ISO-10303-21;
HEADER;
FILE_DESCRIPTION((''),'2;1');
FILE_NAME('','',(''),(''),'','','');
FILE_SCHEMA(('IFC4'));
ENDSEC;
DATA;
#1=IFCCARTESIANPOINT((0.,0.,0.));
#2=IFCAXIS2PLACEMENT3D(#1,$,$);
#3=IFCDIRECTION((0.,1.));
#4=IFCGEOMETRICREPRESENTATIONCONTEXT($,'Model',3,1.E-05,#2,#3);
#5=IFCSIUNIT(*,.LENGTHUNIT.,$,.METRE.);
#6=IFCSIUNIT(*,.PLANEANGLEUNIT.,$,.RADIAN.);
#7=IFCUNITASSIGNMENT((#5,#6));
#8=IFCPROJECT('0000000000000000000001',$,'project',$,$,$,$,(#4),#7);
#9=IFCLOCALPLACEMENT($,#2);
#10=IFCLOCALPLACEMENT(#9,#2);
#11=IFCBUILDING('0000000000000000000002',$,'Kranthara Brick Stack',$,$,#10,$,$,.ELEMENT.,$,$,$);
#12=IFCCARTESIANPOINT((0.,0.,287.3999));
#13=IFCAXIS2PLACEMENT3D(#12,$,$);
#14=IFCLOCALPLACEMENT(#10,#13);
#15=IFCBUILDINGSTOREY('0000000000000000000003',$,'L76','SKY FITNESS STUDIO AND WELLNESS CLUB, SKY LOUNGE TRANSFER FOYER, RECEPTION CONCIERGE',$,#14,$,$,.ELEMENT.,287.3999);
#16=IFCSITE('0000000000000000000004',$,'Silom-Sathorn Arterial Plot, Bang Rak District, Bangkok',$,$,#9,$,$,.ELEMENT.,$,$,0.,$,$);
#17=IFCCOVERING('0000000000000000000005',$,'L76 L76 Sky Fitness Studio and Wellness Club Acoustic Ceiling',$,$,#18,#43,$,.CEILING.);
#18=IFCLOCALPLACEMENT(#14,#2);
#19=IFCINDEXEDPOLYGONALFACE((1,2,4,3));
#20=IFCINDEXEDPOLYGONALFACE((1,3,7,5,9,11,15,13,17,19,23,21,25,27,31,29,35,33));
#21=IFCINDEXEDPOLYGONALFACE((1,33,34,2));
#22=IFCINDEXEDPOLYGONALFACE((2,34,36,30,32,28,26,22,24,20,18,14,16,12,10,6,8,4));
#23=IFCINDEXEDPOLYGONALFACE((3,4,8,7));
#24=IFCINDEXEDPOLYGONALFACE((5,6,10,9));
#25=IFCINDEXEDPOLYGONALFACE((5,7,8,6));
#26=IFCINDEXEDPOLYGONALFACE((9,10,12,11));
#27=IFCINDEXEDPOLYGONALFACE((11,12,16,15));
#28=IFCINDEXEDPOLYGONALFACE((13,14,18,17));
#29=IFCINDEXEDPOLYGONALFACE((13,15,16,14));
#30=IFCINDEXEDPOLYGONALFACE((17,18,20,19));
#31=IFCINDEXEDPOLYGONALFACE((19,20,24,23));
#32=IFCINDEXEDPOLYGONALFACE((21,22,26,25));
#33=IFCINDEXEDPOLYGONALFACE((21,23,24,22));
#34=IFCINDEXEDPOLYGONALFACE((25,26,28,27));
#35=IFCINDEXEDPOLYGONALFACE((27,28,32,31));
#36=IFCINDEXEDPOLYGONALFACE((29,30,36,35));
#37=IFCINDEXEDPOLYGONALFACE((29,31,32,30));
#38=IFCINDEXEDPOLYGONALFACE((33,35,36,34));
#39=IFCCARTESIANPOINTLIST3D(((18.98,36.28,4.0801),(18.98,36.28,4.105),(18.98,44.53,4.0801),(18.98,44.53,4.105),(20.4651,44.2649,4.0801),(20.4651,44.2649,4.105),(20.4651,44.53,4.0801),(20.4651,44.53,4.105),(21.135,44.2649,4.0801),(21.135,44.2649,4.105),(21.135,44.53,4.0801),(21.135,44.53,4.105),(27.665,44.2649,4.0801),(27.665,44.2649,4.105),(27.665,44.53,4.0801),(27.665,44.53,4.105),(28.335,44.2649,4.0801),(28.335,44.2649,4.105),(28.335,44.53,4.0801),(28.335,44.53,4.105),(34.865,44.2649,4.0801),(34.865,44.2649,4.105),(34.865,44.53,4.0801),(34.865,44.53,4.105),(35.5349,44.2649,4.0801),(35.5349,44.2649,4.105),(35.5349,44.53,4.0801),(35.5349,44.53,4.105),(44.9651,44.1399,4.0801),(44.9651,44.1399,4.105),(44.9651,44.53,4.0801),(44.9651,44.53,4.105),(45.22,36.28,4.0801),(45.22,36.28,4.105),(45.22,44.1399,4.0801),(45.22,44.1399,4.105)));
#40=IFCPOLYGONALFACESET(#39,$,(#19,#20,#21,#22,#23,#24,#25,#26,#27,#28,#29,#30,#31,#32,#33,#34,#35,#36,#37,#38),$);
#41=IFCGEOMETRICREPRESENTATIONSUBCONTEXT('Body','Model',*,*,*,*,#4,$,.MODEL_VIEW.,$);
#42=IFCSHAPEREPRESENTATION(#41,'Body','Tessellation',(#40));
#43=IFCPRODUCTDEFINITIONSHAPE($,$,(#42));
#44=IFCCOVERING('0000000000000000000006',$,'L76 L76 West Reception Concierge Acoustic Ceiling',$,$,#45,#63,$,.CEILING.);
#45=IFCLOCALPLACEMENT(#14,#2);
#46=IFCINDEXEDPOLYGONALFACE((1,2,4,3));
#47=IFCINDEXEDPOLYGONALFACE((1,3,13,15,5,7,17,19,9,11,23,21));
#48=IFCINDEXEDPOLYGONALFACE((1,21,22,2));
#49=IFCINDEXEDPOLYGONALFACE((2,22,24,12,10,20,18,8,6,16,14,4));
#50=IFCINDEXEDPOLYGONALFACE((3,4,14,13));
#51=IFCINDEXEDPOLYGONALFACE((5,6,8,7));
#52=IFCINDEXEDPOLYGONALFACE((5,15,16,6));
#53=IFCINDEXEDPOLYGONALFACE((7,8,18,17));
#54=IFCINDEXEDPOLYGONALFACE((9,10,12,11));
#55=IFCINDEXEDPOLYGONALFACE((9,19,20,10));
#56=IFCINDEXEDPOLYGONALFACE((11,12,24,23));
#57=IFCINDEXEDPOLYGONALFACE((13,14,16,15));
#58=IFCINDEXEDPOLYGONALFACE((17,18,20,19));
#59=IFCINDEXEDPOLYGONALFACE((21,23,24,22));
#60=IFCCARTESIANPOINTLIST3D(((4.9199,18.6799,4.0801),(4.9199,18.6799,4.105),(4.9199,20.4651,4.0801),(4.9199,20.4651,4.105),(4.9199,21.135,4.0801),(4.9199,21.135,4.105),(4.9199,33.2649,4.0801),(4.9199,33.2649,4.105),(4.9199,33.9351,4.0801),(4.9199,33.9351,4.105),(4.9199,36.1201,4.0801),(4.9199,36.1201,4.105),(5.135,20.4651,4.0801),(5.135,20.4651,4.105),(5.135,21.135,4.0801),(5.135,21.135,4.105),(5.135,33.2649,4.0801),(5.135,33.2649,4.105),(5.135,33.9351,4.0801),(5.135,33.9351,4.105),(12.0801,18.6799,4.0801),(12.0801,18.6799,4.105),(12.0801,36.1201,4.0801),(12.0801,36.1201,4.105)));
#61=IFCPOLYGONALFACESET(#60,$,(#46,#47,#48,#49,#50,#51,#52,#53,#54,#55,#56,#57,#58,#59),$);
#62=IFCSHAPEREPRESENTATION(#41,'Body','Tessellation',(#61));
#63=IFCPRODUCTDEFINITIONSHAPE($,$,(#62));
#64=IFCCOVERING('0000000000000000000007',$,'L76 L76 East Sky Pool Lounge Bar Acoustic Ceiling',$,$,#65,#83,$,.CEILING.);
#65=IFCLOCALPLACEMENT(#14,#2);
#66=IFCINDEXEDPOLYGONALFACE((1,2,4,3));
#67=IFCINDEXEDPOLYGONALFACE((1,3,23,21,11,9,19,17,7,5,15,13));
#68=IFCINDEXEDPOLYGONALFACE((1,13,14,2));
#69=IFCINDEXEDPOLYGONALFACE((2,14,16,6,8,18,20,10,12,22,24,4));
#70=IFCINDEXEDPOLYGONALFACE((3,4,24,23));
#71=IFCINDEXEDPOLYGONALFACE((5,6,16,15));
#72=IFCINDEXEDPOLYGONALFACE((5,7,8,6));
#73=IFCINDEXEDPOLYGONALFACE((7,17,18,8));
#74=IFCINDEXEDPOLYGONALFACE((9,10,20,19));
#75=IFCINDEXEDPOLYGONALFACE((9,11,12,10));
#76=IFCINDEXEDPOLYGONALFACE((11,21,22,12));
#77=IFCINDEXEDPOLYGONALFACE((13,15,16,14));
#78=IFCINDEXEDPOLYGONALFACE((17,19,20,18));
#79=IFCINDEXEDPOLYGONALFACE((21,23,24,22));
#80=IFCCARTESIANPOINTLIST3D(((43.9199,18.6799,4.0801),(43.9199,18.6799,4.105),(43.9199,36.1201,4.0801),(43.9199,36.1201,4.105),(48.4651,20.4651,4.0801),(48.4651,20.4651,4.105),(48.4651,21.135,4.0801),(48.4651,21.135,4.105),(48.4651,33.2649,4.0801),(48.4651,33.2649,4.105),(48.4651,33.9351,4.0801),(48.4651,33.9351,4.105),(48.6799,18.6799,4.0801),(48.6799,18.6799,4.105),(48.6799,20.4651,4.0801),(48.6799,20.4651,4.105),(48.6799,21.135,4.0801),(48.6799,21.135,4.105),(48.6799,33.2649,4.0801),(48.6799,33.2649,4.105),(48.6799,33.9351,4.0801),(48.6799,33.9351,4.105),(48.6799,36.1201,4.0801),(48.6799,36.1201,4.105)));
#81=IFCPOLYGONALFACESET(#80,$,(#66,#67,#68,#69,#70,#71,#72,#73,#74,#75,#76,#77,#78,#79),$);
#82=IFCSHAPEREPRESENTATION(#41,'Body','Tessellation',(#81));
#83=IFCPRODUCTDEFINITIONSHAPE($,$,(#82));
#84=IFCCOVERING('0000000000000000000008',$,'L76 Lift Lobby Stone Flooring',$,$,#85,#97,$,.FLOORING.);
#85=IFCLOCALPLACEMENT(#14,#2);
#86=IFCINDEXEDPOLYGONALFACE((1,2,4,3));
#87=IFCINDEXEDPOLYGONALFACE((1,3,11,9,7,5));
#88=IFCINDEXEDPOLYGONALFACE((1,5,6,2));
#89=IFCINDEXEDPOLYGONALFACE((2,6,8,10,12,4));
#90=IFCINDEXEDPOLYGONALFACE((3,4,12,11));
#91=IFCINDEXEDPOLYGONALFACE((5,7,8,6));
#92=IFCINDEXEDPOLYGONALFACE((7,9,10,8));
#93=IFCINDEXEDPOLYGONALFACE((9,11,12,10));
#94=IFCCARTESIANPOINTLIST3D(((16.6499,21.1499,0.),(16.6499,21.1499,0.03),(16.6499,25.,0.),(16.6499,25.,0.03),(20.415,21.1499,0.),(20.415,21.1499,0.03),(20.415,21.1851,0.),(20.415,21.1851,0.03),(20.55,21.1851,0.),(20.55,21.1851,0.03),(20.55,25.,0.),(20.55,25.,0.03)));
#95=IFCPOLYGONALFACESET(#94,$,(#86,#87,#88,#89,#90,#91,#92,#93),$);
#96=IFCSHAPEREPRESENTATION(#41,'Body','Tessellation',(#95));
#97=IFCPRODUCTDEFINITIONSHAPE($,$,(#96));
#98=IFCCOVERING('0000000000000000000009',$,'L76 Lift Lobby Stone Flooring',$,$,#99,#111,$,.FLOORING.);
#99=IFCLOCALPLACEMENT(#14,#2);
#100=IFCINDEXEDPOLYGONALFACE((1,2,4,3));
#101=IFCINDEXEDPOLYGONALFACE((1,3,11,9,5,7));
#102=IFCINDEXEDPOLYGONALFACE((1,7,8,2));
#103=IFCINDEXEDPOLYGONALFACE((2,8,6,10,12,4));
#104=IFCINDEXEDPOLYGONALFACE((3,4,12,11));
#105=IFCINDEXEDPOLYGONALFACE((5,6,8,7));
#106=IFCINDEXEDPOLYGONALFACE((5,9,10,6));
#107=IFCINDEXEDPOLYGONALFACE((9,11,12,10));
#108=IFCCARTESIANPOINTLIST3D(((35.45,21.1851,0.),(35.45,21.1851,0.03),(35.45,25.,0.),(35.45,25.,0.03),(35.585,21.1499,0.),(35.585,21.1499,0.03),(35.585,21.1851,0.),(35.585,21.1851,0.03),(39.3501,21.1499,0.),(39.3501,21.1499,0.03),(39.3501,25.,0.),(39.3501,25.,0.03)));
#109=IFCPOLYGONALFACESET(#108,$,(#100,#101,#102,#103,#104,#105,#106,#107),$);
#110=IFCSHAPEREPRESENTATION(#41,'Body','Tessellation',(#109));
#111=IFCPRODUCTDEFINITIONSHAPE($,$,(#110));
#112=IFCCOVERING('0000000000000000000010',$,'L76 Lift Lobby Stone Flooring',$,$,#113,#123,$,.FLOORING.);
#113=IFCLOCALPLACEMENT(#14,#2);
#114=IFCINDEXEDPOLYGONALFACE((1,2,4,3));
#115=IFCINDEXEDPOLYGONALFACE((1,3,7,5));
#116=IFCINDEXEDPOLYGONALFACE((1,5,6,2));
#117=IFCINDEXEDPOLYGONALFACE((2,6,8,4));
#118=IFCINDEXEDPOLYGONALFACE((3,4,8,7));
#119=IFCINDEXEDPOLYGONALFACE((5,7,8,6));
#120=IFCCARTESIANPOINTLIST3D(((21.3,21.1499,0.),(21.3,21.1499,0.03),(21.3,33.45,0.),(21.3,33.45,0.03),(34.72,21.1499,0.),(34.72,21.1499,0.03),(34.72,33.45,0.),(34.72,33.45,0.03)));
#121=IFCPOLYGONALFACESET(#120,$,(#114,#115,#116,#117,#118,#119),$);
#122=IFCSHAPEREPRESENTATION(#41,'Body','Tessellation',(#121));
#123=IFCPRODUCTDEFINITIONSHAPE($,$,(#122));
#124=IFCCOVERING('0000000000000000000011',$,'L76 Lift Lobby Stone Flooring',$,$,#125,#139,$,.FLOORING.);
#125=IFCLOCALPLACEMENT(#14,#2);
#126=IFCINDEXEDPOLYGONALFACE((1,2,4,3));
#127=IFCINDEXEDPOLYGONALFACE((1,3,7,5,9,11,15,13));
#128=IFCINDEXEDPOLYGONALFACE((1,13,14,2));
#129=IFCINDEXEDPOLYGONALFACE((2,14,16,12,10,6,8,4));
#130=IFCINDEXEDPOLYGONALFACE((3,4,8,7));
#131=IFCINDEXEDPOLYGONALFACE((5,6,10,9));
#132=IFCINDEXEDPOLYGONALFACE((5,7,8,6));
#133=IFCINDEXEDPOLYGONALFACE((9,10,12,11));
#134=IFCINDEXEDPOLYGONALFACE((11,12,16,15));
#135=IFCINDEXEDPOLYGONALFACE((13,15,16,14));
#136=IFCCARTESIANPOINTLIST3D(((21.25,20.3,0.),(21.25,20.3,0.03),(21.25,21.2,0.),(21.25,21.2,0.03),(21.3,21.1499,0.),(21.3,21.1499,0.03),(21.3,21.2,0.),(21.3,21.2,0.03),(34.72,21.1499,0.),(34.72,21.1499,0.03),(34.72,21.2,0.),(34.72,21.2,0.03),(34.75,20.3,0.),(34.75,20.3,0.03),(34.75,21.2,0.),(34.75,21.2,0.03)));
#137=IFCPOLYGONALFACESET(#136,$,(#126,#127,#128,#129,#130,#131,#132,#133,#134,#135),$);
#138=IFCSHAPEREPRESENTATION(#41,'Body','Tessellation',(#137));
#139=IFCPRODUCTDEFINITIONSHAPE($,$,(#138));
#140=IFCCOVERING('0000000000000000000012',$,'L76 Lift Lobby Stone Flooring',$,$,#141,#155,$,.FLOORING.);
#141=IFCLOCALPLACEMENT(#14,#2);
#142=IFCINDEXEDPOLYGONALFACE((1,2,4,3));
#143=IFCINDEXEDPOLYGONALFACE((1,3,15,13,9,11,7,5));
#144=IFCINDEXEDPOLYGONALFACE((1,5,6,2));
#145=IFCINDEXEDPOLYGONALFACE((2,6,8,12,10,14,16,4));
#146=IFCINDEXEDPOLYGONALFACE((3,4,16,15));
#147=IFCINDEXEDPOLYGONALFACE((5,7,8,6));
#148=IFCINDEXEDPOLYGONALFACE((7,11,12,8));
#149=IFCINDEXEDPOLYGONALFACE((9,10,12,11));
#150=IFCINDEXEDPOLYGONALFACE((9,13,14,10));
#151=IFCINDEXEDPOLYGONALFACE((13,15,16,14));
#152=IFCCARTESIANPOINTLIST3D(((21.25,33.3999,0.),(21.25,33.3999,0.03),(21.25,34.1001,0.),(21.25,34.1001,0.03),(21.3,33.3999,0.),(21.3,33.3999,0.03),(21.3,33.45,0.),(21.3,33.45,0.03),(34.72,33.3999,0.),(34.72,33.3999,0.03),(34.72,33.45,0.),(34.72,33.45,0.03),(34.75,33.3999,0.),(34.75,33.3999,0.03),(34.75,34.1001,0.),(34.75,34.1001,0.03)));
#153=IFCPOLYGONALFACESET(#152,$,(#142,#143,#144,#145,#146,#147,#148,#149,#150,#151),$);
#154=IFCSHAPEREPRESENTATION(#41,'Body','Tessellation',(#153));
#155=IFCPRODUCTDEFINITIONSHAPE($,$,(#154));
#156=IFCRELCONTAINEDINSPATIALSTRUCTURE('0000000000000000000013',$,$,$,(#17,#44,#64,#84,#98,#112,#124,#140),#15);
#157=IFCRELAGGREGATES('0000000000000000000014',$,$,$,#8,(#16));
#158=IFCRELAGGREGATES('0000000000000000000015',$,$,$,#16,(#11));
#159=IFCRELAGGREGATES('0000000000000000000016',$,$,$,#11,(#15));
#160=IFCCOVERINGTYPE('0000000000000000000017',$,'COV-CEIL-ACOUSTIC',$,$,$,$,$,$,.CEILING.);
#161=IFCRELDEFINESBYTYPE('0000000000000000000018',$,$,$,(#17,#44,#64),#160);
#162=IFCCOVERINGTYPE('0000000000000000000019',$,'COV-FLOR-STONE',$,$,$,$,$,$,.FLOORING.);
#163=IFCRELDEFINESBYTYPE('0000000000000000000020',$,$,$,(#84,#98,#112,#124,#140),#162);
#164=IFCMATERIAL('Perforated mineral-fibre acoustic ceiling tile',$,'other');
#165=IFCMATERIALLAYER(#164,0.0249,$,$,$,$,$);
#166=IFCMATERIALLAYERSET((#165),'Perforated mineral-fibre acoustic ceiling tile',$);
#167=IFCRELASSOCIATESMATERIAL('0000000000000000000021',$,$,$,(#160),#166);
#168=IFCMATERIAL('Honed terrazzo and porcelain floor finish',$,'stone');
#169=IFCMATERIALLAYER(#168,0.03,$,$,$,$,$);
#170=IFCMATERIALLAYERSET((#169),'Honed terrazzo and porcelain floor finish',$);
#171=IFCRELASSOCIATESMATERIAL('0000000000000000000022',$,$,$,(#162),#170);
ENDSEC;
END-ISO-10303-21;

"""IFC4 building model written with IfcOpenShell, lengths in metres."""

from ifc_helpers import new_model, si_unit, direction, frame, origin, place, context, subcontext, project, spatial, polyline, outline, extrude, material, layer, layer_set, type_object, element, save


model = new_model("IFC4")

# Units and contexts
model_context = context("Model", 3, precision=1e-05, world=origin(), true_north=direction((0.0, 1.0)))
body_context = subcontext(model_context, "Body", "Model", "MODEL_VIEW")
ifc_project = project(units=[si_unit("LENGTHUNIT", "METRE"), si_unit("PLANEANGLEUNIT", "RADIAN")], contexts=[model_context])

# Site, building, storey
site_placement = place(None, origin())
site = spatial("IfcSite", under=ifc_project, at=site_placement, Name="Silom-Sathorn Arterial Plot, Bang Rak District, Bangkok", CompositionType="ELEMENT", RefElevation=0.0)
building_placement = place(site_placement, origin())
building = spatial("IfcBuilding", under=site, at=building_placement, Name="Kranthara Brick Stack", CompositionType="ELEMENT")
storey_placement = place(building_placement, frame((0.0, 0.0, 287.3999)))
storey = spatial("IfcBuildingStorey", under=building, at=storey_placement, Name="L76", Description="SKY FITNESS STUDIO AND WELLNESS CLUB, SKY LOUNGE TRANSFER FOYER, RECEPTION CONCIERGE", CompositionType="ELEMENT", Elevation=287.3999)

# Coverings
ifc_material_1 = material(Name="Perforated mineral-fibre acoustic ceiling tile", Category="other")
ifc_layer_1 = layer(ifc_material_1, 0.0249)
ifc_layer_set_1 = layer_set([ifc_layer_1], Name="Perforated mineral-fibre acoustic ceiling tile")
covering_type_1 = type_object("IfcCoveringType", Name="COV-CEIL-ACOUSTIC", PredefinedType="CEILING", material=ifc_layer_set_1)
covering_1_placement = place(storey_placement, frame((0.0, 0.0, 4.0801)))
element("IfcCovering", 1, at=covering_1_placement, inside=storey, type_object=covering_type_1, Name="L76 L76 Sky Fitness Studio and Wellness Club Acoustic Ceiling", PredefinedType="CEILING", context=body_context, shape_type="SweptSolid", body=[
    extrude(outline(polyline([(18.98, 44.53), (20.4651, 44.53), (20.4651, 44.2649), (21.135, 44.2649), (21.135, 44.53), (27.665, 44.53), (27.665, 44.2649), (28.335, 44.2649), (28.335, 44.53), (34.865, 44.53), (34.865, 44.2649), (35.5349, 44.2649), (35.5349, 44.53), (44.9651, 44.53), (44.9651, 44.1399), (45.22, 44.1399), (45.22, 36.28), (18.98, 36.28), (18.98, 44.53)])), origin(), (0.0, 0.0, 1.0), 0.0249),
])
covering_2_placement = place(storey_placement, frame((0.0, 0.0, 4.0801)))
element("IfcCovering", 2, at=covering_2_placement, inside=storey, type_object=covering_type_1, Name="L76 L76 West Reception Concierge Acoustic Ceiling", PredefinedType="CEILING", context=body_context, shape_type="SweptSolid", body=[
    extrude(outline(polyline([(12.0801, 36.1201), (12.0801, 18.6799), (4.9199, 18.6799), (4.9199, 20.4651), (5.135, 20.4651), (5.135, 21.135), (4.9199, 21.135), (4.9199, 33.2649), (5.135, 33.2649), (5.135, 33.9351), (4.9199, 33.9351), (4.9199, 36.1201), (12.0801, 36.1201)])), origin(), (0.0, 0.0, 1.0), 0.0249),
])
covering_3_placement = place(storey_placement, frame((0.0, 0.0, 4.0801)))
element("IfcCovering", 3, at=covering_3_placement, inside=storey, type_object=covering_type_1, Name="L76 L76 East Sky Pool Lounge Bar Acoustic Ceiling", PredefinedType="CEILING", context=body_context, shape_type="SweptSolid", body=[
    extrude(outline(polyline([(43.9199, 18.6799), (43.9199, 36.1201), (48.6799, 36.1201), (48.6799, 33.9351), (48.4651, 33.9351), (48.4651, 33.2649), (48.6799, 33.2649), (48.6799, 21.135), (48.4651, 21.135), (48.4651, 20.4651), (48.6799, 20.4651), (48.6799, 18.6799), (43.9199, 18.6799)])), origin(), (0.0, 0.0, 1.0), 0.0249),
])
ifc_material_2 = material(Name="Honed terrazzo and porcelain floor finish", Category="stone")
ifc_layer_2 = layer(ifc_material_2, 0.03)
ifc_layer_set_2 = layer_set([ifc_layer_2], Name="Honed terrazzo and porcelain floor finish")
covering_type_2 = type_object("IfcCoveringType", Name="COV-FLOR-STONE", PredefinedType="FLOORING", material=ifc_layer_set_2)
covering_4_placement = place(storey_placement, origin())
element("IfcCovering", 4, at=covering_4_placement, inside=storey, type_object=covering_type_2, Name="L76 Lift Lobby Stone Flooring", PredefinedType="FLOORING", context=body_context, shape_type="SweptSolid", body=[
    extrude(outline(polyline([(16.6499, 21.1499), (16.6499, 25.0), (20.55, 25.0), (20.55, 21.1851), (20.415, 21.1851), (20.415, 21.1499), (16.6499, 21.1499)])), origin(), (0.0, 0.0, 1.0), 0.03),
])
covering_5_placement = place(storey_placement, origin())
element("IfcCovering", 5, at=covering_5_placement, inside=storey, type_object=covering_type_2, Name="L76 Lift Lobby Stone Flooring", PredefinedType="FLOORING", context=body_context, shape_type="SweptSolid", body=[
    extrude(outline(polyline([(35.45, 25.0), (39.3501, 25.0), (39.3501, 21.1499), (35.585, 21.1499), (35.585, 21.1851), (35.45, 21.1851), (35.45, 25.0)])), origin(), (0.0, 0.0, 1.0), 0.03),
])
covering_6_placement = place(storey_placement, origin())
element("IfcCovering", 6, at=covering_6_placement, inside=storey, type_object=covering_type_2, Name="L76 Lift Lobby Stone Flooring", PredefinedType="FLOORING", context=body_context, shape_type="SweptSolid", body=[
    extrude(outline(polyline([(34.72, 21.1499), (34.72, 33.45), (21.3, 33.45), (21.3, 21.1499), (34.72, 21.1499)])), origin(), (0.0, 0.0, 1.0), 0.03),
])
covering_7_placement = place(storey_placement, origin())
element("IfcCovering", 7, at=covering_7_placement, inside=storey, type_object=covering_type_2, Name="L76 Lift Lobby Stone Flooring", PredefinedType="FLOORING", context=body_context, shape_type="SweptSolid", body=[
    extrude(outline(polyline([(34.75, 21.2), (34.75, 20.3), (21.25, 20.3), (21.25, 21.2), (21.3, 21.2), (21.3, 21.1499), (34.72, 21.1499), (34.72, 21.2), (34.75, 21.2)])), origin(), (0.0, 0.0, 1.0), 0.03),
])
covering_8_placement = place(storey_placement, origin())
element("IfcCovering", 8, at=covering_8_placement, inside=storey, type_object=covering_type_2, Name="L76 Lift Lobby Stone Flooring", PredefinedType="FLOORING", context=body_context, shape_type="SweptSolid", body=[
    extrude(outline(polyline([(21.25, 33.3999), (21.25, 34.1001), (34.75, 34.1001), (34.75, 33.3999), (34.72, 33.3999), (34.72, 33.45), (21.3, 33.45), (21.3, 33.3999), (21.25, 33.3999)])), origin(), (0.0, 0.0, 1.0), 0.03),
])

save(model, "model.ifc")
